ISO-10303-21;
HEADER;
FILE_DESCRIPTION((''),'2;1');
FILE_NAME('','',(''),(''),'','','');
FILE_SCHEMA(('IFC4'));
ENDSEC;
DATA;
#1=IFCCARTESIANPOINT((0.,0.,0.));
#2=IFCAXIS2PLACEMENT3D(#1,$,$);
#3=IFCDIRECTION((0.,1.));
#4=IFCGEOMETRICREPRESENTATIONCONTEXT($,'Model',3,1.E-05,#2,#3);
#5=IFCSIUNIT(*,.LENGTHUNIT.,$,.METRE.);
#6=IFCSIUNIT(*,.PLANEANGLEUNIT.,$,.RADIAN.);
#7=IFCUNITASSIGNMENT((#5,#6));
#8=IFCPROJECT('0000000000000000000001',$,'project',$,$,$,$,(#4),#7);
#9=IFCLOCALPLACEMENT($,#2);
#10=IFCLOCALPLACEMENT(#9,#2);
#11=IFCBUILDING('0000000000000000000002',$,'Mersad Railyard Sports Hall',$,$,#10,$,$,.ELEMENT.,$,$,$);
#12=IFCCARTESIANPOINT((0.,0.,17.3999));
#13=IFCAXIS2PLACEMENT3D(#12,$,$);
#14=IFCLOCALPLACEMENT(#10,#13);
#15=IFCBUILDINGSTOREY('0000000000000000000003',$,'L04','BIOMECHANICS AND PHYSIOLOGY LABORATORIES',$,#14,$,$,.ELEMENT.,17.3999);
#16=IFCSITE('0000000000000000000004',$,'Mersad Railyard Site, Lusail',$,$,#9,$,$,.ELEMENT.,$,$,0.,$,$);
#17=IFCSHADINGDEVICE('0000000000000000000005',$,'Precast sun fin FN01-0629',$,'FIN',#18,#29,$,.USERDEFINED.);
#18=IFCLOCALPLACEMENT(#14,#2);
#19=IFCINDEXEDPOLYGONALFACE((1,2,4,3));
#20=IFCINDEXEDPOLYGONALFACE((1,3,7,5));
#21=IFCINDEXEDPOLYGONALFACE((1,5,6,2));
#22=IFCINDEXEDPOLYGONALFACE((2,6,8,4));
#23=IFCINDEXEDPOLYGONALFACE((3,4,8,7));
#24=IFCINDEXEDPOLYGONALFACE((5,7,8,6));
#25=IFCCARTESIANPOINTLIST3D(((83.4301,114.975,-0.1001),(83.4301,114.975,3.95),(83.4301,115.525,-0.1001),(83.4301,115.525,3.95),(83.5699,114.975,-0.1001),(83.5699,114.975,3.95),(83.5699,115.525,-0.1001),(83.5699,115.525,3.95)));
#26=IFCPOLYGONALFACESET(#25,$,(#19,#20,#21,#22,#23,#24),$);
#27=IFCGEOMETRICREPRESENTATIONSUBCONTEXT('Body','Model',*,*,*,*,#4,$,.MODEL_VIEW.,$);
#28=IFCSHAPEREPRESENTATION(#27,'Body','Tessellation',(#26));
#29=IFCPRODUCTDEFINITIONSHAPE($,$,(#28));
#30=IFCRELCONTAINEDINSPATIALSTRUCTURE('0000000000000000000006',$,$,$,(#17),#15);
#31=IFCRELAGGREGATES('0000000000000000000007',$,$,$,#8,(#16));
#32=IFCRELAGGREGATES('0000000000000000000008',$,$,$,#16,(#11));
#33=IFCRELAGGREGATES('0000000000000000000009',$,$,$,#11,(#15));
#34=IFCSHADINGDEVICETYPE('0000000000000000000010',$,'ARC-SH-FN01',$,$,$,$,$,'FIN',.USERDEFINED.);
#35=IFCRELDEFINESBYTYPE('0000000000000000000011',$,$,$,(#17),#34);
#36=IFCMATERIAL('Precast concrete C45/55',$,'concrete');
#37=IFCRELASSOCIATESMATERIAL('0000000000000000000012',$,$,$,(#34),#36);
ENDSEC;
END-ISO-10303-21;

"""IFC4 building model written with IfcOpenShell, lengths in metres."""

from ifc_helpers import new_model, si_unit, direction, frame, origin, origin_2d, place, context, subcontext, project, spatial, rectangle, extrude, material, type_object, element, save


model = new_model("IFC4")

# Units and contexts
model_context = context("Model", 3, precision=1e-05, world=origin(), true_north=direction((0.0, 1.0)))
body_context = subcontext(model_context, "Body", "Model", "MODEL_VIEW")
ifc_project = project(units=[si_unit("LENGTHUNIT", "METRE"), si_unit("PLANEANGLEUNIT", "RADIAN")], contexts=[model_context])

# Site, building, storey
site_placement = place(None, origin())
site = spatial("IfcSite", under=ifc_project, at=site_placement, Name="Mersad Railyard Site, Lusail", CompositionType="ELEMENT", RefElevation=0.0)
building_placement = place(site_placement, origin())
building = spatial("IfcBuilding", under=site, at=building_placement, Name="Mersad Railyard Sports Hall", CompositionType="ELEMENT")
storey_placement = place(building_placement, frame((0.0, 0.0, 17.3999)))
storey = spatial("IfcBuildingStorey", under=building, at=storey_placement, Name="L04", Description="BIOMECHANICS AND PHYSIOLOGY LABORATORIES", CompositionType="ELEMENT", Elevation=17.3999)

# Shading device
ifc_material_1 = material(Name="Precast concrete C45/55", Category="concrete")
shading_device_type = type_object("IfcShadingDeviceType", Name="ARC-SH-FN01", ElementType="FIN", PredefinedType="USERDEFINED", material=ifc_material_1)
for number, where, z_axis, x_axis, name in (
    (1, (83.5, 115.25, -0.1001), (0.0, 0.0, 1.0), (1.0, 0.0, 0.0), "Precast sun fin FN01-0629"),
):
    element("IfcShadingDevice", number, at=place(storey_placement, frame(where, z_axis=z_axis, x_axis=x_axis)), inside=storey, type_object=shading_device_type, Name=name, ObjectType="FIN", PredefinedType="USERDEFINED", context=body_context, shape_type="SweptSolid", body=[
        extrude(rectangle(XDim=0.1399, YDim=0.55, at=origin_2d()), origin(), (0.0, 0.0, 1.0), 4.05),
    ])

save(model, "model.ifc")
